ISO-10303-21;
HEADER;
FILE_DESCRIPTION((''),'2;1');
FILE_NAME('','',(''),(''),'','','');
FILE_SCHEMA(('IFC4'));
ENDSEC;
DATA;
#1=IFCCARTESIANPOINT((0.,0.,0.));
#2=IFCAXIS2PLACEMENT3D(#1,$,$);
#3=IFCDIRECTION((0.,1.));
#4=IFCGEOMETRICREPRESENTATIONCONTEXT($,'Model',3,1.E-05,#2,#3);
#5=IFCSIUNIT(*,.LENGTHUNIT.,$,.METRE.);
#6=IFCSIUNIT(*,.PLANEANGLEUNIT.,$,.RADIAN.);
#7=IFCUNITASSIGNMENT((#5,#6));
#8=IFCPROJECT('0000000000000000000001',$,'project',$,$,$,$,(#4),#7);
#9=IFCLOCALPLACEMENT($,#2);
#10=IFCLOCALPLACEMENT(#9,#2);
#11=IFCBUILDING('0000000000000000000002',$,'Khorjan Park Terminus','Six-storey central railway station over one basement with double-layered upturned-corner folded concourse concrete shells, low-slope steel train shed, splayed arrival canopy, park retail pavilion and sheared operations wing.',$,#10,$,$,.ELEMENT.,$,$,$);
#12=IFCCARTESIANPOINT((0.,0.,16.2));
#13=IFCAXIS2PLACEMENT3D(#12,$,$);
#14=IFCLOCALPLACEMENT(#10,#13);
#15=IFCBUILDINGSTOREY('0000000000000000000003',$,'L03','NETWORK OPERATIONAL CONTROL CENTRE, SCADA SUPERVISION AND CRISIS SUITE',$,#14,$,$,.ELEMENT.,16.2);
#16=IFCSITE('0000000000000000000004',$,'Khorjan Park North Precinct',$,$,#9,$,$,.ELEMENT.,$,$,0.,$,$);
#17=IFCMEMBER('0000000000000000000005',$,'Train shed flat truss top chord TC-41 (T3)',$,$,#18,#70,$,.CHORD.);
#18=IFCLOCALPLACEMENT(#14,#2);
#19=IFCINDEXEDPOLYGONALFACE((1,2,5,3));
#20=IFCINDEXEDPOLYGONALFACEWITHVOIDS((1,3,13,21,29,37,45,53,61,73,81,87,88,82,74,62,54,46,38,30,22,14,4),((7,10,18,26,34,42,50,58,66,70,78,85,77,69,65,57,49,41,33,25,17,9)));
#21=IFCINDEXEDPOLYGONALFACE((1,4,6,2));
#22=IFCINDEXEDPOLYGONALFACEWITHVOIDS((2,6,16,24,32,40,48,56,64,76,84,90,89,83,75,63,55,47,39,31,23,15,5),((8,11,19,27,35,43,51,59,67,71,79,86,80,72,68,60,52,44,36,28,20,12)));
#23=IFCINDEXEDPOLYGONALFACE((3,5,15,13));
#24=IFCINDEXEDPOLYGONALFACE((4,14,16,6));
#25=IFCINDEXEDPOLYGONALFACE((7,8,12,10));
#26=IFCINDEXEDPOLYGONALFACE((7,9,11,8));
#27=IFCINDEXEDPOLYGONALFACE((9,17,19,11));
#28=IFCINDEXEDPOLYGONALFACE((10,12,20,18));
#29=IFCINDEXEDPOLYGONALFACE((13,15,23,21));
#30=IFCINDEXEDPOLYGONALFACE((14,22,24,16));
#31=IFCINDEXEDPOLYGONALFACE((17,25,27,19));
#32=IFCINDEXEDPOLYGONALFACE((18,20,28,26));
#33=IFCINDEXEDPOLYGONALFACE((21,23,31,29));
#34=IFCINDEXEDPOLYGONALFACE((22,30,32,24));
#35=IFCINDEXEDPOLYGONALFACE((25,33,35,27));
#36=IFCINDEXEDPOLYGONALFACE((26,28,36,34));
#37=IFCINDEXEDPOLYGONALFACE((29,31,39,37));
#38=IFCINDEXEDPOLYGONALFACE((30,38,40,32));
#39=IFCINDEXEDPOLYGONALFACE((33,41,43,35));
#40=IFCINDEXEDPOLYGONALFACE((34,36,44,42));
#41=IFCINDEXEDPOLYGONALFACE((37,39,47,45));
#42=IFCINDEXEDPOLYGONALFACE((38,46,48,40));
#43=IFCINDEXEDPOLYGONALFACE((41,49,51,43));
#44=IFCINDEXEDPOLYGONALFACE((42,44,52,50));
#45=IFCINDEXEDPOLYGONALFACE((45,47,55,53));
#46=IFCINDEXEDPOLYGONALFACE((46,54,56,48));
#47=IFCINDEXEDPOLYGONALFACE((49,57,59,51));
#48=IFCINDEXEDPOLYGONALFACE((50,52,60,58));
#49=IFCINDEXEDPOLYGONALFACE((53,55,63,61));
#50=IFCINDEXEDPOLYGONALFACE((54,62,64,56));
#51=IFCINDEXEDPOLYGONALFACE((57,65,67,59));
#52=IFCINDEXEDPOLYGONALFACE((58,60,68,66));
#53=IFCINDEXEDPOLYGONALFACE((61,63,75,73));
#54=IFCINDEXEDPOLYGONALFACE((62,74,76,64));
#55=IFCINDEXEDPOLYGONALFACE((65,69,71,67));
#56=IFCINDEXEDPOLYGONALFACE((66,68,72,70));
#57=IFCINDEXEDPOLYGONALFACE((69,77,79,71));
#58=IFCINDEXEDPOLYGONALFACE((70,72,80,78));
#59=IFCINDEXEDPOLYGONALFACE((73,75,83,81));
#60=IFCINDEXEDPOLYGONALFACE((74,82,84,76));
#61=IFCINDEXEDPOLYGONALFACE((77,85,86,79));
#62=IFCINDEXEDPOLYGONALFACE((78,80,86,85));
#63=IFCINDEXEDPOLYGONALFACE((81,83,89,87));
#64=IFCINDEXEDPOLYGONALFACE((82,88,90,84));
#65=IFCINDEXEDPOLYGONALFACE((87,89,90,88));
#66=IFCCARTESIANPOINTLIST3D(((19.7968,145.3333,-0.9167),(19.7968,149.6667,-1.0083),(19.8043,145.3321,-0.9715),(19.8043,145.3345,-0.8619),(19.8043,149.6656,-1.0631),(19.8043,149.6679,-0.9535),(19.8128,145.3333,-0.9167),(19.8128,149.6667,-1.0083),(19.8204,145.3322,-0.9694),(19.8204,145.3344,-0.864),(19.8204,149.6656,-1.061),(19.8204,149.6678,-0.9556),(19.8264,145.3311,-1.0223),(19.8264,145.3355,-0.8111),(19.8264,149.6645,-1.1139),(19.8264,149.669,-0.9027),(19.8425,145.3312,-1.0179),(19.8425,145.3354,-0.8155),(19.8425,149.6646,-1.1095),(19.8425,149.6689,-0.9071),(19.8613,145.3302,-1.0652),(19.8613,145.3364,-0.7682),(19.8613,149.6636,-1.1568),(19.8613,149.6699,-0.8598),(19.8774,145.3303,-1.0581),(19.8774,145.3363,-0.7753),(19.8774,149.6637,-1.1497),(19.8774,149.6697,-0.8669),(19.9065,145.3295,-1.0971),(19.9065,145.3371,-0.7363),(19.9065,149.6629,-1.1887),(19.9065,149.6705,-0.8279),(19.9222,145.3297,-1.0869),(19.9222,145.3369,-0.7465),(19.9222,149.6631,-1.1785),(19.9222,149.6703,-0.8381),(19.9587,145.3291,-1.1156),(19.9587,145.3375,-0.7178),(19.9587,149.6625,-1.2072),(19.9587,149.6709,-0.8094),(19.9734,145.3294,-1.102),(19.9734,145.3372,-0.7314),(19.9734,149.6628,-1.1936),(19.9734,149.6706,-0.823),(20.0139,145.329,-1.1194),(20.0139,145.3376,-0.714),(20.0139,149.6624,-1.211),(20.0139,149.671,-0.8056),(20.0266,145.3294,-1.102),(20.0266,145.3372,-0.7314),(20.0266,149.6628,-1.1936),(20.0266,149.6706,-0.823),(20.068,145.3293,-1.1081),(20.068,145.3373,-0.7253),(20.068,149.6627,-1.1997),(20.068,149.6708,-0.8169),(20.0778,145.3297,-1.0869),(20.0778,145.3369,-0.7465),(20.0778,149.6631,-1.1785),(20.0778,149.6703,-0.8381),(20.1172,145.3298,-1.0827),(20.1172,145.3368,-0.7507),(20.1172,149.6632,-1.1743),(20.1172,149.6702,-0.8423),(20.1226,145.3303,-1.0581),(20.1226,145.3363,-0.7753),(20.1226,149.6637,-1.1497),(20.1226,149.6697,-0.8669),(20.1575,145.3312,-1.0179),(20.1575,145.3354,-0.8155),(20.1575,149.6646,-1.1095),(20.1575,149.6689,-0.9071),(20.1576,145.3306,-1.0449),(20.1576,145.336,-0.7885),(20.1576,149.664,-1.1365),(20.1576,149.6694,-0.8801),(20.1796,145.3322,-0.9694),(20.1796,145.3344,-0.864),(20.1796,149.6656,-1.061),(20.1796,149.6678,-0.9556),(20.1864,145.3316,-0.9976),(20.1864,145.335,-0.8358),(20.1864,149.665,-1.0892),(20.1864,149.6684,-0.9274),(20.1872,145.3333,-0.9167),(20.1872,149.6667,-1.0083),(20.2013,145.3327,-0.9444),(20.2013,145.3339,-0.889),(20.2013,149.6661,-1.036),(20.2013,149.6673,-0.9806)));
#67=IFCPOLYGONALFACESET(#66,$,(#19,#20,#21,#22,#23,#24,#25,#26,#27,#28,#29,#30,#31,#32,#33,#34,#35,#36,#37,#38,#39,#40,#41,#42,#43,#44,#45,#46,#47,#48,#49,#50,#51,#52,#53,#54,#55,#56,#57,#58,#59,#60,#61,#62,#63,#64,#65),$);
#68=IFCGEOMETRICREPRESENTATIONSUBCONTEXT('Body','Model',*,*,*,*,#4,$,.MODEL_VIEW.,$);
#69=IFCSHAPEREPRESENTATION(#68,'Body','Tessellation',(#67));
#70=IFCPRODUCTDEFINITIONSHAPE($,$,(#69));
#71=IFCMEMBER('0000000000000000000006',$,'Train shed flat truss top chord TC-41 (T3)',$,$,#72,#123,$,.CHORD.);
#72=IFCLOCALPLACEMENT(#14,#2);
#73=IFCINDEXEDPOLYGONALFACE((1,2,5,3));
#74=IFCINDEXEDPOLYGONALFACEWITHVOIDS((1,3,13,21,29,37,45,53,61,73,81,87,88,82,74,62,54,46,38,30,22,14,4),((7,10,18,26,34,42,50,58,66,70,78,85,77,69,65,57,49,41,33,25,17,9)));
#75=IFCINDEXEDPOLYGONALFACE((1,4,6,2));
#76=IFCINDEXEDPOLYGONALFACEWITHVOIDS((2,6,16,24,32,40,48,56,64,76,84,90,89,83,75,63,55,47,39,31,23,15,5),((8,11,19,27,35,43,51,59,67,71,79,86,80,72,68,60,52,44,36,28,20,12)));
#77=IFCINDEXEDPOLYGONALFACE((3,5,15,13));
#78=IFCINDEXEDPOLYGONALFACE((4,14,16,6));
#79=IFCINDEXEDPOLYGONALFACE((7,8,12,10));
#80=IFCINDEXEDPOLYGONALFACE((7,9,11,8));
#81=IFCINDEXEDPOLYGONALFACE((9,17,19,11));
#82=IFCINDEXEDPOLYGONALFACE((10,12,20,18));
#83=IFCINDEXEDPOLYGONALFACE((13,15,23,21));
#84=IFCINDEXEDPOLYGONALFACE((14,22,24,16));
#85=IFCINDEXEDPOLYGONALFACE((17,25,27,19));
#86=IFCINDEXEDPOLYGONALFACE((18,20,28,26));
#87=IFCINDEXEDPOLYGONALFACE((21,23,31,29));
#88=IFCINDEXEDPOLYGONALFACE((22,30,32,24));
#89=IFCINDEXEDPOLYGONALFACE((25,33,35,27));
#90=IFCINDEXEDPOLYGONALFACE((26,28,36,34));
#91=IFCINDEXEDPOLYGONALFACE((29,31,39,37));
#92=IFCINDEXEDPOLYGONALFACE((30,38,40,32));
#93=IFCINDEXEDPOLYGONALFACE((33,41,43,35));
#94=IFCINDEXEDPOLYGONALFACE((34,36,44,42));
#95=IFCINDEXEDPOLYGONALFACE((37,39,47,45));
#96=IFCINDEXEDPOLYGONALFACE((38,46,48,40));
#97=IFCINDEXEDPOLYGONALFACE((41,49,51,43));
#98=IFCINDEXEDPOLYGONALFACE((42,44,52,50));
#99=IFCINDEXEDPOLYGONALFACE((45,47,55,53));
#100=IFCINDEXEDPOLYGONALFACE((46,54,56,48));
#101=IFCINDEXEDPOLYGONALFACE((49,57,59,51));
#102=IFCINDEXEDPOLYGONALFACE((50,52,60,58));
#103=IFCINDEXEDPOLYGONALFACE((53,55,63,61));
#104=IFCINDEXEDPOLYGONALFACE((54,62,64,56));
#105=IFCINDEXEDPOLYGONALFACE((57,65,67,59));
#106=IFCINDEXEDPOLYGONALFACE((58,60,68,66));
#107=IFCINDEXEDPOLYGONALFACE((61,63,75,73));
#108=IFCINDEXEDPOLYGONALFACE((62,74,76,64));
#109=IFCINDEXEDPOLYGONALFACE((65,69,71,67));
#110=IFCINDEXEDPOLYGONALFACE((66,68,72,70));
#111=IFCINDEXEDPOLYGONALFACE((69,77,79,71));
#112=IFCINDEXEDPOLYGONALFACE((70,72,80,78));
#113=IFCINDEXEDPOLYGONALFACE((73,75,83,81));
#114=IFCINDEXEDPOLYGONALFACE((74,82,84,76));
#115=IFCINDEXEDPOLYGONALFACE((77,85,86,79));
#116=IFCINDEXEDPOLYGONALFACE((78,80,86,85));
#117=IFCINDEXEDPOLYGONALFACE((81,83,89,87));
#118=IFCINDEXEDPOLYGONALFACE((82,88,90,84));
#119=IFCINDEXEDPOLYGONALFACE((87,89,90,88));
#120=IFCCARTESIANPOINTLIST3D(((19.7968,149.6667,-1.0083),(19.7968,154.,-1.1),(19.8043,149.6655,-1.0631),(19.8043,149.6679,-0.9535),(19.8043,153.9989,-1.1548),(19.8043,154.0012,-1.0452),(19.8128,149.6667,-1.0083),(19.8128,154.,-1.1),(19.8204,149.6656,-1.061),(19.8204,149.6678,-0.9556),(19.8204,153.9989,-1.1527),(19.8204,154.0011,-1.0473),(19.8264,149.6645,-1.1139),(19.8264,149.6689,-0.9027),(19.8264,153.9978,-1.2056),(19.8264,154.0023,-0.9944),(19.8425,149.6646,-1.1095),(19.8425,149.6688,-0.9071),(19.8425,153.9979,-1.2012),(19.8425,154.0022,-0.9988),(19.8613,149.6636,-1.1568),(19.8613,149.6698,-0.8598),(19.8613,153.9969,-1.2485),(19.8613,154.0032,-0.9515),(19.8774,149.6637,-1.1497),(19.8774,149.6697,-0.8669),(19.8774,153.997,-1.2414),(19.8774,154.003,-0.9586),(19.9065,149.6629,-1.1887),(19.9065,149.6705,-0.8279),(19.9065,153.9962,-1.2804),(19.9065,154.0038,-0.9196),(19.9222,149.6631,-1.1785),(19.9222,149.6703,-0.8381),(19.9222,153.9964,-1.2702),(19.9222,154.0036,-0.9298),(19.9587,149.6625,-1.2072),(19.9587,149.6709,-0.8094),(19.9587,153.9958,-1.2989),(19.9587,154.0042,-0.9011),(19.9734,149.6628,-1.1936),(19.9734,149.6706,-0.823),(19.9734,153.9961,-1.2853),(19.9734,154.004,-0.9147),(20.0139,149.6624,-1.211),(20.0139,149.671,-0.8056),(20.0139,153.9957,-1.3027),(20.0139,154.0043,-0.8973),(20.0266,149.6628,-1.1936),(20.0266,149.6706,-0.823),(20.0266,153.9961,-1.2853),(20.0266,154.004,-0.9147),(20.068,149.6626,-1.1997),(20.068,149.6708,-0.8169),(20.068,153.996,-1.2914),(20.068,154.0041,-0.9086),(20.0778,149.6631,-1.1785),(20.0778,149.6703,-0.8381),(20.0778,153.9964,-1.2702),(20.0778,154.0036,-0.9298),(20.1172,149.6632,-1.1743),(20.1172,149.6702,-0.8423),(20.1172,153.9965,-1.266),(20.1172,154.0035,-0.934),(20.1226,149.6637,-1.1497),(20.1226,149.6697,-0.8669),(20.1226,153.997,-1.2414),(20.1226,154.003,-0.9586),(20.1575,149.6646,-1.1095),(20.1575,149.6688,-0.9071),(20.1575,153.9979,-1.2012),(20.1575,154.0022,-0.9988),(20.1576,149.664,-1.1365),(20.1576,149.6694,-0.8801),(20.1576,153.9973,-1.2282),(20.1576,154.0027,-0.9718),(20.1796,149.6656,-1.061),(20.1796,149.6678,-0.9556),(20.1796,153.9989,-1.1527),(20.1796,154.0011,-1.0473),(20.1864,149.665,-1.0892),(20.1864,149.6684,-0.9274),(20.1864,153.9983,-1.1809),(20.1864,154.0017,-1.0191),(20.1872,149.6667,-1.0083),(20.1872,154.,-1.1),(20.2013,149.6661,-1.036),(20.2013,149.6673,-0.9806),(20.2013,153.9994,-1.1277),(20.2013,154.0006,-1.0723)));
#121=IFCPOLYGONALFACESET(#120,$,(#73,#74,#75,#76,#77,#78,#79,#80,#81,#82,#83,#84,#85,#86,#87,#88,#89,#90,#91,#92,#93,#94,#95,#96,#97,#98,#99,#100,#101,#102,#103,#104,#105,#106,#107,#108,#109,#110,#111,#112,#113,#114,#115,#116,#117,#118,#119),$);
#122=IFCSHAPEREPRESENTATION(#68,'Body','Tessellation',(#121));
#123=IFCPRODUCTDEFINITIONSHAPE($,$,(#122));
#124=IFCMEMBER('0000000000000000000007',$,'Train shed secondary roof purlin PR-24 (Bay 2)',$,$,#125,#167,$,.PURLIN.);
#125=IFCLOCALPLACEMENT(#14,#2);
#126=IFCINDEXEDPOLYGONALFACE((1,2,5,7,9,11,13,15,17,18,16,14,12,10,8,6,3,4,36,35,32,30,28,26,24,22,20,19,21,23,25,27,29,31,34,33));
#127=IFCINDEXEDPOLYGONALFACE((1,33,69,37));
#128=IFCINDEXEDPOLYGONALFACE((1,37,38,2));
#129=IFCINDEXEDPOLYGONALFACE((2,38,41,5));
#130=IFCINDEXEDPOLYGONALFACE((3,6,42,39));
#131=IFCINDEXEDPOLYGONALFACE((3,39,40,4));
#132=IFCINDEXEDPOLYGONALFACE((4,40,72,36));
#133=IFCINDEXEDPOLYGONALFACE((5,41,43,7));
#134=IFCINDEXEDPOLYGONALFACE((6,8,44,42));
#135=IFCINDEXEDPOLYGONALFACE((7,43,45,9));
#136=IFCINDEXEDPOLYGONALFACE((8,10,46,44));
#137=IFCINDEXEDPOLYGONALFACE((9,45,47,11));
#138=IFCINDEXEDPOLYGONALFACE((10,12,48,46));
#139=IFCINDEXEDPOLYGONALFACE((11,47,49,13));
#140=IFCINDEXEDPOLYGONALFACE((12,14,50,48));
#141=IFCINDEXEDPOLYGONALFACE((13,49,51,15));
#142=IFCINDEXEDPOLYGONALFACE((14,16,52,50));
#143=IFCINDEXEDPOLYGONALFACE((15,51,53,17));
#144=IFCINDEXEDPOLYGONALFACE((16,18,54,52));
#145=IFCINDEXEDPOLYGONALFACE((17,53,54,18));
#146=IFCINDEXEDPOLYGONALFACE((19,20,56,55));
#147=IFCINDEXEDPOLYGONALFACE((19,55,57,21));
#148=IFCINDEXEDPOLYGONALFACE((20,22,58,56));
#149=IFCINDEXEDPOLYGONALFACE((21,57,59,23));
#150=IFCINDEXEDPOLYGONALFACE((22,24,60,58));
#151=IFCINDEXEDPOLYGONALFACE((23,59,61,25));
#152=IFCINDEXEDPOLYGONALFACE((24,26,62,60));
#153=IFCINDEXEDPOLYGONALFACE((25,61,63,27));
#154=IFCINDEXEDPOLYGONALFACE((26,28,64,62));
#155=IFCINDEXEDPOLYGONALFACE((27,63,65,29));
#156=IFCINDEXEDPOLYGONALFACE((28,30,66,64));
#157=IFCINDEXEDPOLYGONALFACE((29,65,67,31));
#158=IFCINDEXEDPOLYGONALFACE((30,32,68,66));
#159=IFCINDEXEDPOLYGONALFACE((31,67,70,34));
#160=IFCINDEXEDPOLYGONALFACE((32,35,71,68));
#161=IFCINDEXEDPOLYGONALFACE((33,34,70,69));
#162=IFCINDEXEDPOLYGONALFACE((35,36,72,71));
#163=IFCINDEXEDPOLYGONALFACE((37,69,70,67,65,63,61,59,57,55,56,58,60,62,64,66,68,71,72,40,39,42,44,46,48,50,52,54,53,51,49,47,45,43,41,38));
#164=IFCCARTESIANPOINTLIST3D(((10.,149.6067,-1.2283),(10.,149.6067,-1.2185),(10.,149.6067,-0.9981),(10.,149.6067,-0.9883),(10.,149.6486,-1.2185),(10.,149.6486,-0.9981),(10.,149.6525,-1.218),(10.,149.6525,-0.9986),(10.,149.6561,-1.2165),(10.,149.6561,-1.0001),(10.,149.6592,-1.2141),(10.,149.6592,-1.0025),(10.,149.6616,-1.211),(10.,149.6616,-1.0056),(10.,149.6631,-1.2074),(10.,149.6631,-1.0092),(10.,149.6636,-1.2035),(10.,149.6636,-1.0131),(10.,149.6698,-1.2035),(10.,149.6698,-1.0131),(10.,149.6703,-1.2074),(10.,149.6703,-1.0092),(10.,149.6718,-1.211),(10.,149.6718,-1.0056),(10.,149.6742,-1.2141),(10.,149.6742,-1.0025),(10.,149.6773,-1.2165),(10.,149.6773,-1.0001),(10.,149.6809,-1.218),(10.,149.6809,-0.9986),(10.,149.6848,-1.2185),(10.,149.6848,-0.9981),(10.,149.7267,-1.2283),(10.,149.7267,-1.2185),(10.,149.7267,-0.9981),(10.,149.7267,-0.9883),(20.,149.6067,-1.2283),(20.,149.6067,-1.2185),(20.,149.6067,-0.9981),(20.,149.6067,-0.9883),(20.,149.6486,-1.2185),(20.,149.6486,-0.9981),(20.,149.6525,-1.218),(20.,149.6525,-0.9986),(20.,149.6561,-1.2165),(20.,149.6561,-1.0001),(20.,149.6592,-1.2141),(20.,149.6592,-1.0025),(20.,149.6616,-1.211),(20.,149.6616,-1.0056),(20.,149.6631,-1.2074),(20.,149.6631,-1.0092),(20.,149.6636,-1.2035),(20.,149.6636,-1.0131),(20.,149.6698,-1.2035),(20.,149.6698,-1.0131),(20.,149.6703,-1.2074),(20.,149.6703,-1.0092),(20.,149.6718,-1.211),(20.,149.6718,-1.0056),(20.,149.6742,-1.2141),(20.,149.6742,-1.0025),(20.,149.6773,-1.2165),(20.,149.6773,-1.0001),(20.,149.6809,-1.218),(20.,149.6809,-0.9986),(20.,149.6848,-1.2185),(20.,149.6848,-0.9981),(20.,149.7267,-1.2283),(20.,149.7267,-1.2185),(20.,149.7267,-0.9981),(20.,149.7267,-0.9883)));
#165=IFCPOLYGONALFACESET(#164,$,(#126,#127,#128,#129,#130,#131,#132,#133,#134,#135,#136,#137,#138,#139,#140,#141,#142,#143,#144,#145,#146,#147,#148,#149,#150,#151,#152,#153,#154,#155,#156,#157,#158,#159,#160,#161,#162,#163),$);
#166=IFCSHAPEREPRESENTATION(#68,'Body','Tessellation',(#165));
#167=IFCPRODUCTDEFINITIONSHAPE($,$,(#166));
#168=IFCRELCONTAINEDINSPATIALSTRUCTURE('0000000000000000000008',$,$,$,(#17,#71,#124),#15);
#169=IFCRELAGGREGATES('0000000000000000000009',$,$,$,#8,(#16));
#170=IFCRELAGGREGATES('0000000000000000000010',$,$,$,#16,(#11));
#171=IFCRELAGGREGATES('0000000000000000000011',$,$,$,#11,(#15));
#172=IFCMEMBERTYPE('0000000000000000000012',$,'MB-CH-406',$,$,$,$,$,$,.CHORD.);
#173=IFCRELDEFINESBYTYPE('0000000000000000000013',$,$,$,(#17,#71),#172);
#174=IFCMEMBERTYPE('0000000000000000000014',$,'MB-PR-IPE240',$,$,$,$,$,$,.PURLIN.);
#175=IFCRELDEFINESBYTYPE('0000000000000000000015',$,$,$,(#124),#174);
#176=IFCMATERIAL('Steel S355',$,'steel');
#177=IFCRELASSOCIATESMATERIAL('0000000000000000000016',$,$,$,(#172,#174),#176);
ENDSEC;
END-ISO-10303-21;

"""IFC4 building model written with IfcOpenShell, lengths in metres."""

from ifc_helpers import new_model, si_unit, direction, frame, origin, origin_2d, place, context, subcontext, project, spatial, hollow_circle, i_section, extrude, material, material_profile, profile_set, type_object, element, save


model = new_model("IFC4")

# Units and contexts
model_context = context("Model", 3, precision=1e-05, world=origin(), true_north=direction((0.0, 1.0)))
body_context = subcontext(model_context, "Body", "Model", "MODEL_VIEW")
ifc_project = project(units=[si_unit("LENGTHUNIT", "METRE"), si_unit("PLANEANGLEUNIT", "RADIAN")], contexts=[model_context])

# Site, building, storey
site_placement = place(None, origin())
site = spatial("IfcSite", under=ifc_project, at=site_placement, Name="Khorjan Park North Precinct", CompositionType="ELEMENT", RefElevation=0.0)
building_placement = place(site_placement, origin())
building = spatial("IfcBuilding", under=site, at=building_placement, Name="Khorjan Park Terminus", Description="Six-storey central railway station over one basement with double-layered upturned-corner folded concourse concrete shells, low-slope steel train shed, splayed arrival canopy, park retail pavilion and sheared operations wing.", CompositionType="ELEMENT")
storey_placement = place(building_placement, frame((0.0, 0.0, 16.2)))
storey = spatial("IfcBuildingStorey", under=building, at=storey_placement, Name="L03", Description="NETWORK OPERATIONAL CONTROL CENTRE, SCADA SUPERVISION AND CRISIS SUITE", CompositionType="ELEMENT", Elevation=16.2)

# Members
ifc_material = material(Name="Steel S355", Category="steel")
ifc_material_profile_1 = material_profile(ifc_material, hollow_circle(Radius=0.2032, WallThickness=0.016, at=origin_2d()), Name="CHS 406.4x16")
ifc_profile_set_1 = profile_set([ifc_material_profile_1], Name="Steel S355")
member_type_1 = type_object("IfcMemberType", Name="MB-CH-406", PredefinedType="CHORD", material=ifc_profile_set_1)
member_1_placement = place(storey_placement, frame((20.0, 145.3333, -0.9167), z_axis=(0.0, 0.999777, -0.021133), x_axis=(-1.0, 0.0, 0.0)))
element("IfcMember", 1, at=member_1_placement, inside=storey, type_object=member_type_1, Name="Train shed flat truss top chord TC-41 (T3)", PredefinedType="CHORD", context=body_context, shape_type="SweptSolid", body=[
    extrude(hollow_circle(Radius=0.2032, WallThickness=0.016, at=origin_2d()), origin(), (0.0, 0.0, 1.0), 4.3344),
])
member_2_placement = place(storey_placement, frame((20.0, 149.6667, -1.0083), z_axis=(0.0, 0.999776, -0.021157), x_axis=(-1.0, 0.0, 0.0)))
element("IfcMember", 2, at=member_2_placement, inside=storey, type_object=member_type_1, Name="Train shed flat truss top chord TC-41 (T3)", PredefinedType="CHORD", context=body_context, shape_type="SweptSolid", body=[
    extrude(hollow_circle(Radius=0.2032, WallThickness=0.016, at=origin_2d()), origin(), (0.0, 0.0, 1.0), 4.3343),
])
ifc_material_profile_2 = material_profile(ifc_material, i_section(OverallWidth=0.12, OverallDepth=0.24, WebThickness=0.0062, FlangeThickness=0.0098, FilletRadius=0.015, at=origin_2d()), Name="IPE 240")
ifc_profile_set_2 = profile_set([ifc_material_profile_2], Name="Steel S355")
member_type_2 = type_object("IfcMemberType", Name="MB-PR-IPE240", PredefinedType="PURLIN", material=ifc_profile_set_2)
member_3_placement = place(storey_placement, frame((10.0, 149.6667, -1.1083), z_axis=(1.0, 0.0, 0.0), x_axis=(0.0, 1.0, 0.0)))
element("IfcMember", 3, at=member_3_placement, inside=storey, type_object=member_type_2, Name="Train shed secondary roof purlin PR-24 (Bay 2)", PredefinedType="PURLIN", context=body_context, shape_type="SweptSolid", body=[
    extrude(i_section(OverallWidth=0.12, OverallDepth=0.24, WebThickness=0.0062, FlangeThickness=0.0098, FilletRadius=0.015, at=origin_2d()), origin(), (0.0, 0.0, 1.0), 10.0),
])

save(model, "model.ifc")
